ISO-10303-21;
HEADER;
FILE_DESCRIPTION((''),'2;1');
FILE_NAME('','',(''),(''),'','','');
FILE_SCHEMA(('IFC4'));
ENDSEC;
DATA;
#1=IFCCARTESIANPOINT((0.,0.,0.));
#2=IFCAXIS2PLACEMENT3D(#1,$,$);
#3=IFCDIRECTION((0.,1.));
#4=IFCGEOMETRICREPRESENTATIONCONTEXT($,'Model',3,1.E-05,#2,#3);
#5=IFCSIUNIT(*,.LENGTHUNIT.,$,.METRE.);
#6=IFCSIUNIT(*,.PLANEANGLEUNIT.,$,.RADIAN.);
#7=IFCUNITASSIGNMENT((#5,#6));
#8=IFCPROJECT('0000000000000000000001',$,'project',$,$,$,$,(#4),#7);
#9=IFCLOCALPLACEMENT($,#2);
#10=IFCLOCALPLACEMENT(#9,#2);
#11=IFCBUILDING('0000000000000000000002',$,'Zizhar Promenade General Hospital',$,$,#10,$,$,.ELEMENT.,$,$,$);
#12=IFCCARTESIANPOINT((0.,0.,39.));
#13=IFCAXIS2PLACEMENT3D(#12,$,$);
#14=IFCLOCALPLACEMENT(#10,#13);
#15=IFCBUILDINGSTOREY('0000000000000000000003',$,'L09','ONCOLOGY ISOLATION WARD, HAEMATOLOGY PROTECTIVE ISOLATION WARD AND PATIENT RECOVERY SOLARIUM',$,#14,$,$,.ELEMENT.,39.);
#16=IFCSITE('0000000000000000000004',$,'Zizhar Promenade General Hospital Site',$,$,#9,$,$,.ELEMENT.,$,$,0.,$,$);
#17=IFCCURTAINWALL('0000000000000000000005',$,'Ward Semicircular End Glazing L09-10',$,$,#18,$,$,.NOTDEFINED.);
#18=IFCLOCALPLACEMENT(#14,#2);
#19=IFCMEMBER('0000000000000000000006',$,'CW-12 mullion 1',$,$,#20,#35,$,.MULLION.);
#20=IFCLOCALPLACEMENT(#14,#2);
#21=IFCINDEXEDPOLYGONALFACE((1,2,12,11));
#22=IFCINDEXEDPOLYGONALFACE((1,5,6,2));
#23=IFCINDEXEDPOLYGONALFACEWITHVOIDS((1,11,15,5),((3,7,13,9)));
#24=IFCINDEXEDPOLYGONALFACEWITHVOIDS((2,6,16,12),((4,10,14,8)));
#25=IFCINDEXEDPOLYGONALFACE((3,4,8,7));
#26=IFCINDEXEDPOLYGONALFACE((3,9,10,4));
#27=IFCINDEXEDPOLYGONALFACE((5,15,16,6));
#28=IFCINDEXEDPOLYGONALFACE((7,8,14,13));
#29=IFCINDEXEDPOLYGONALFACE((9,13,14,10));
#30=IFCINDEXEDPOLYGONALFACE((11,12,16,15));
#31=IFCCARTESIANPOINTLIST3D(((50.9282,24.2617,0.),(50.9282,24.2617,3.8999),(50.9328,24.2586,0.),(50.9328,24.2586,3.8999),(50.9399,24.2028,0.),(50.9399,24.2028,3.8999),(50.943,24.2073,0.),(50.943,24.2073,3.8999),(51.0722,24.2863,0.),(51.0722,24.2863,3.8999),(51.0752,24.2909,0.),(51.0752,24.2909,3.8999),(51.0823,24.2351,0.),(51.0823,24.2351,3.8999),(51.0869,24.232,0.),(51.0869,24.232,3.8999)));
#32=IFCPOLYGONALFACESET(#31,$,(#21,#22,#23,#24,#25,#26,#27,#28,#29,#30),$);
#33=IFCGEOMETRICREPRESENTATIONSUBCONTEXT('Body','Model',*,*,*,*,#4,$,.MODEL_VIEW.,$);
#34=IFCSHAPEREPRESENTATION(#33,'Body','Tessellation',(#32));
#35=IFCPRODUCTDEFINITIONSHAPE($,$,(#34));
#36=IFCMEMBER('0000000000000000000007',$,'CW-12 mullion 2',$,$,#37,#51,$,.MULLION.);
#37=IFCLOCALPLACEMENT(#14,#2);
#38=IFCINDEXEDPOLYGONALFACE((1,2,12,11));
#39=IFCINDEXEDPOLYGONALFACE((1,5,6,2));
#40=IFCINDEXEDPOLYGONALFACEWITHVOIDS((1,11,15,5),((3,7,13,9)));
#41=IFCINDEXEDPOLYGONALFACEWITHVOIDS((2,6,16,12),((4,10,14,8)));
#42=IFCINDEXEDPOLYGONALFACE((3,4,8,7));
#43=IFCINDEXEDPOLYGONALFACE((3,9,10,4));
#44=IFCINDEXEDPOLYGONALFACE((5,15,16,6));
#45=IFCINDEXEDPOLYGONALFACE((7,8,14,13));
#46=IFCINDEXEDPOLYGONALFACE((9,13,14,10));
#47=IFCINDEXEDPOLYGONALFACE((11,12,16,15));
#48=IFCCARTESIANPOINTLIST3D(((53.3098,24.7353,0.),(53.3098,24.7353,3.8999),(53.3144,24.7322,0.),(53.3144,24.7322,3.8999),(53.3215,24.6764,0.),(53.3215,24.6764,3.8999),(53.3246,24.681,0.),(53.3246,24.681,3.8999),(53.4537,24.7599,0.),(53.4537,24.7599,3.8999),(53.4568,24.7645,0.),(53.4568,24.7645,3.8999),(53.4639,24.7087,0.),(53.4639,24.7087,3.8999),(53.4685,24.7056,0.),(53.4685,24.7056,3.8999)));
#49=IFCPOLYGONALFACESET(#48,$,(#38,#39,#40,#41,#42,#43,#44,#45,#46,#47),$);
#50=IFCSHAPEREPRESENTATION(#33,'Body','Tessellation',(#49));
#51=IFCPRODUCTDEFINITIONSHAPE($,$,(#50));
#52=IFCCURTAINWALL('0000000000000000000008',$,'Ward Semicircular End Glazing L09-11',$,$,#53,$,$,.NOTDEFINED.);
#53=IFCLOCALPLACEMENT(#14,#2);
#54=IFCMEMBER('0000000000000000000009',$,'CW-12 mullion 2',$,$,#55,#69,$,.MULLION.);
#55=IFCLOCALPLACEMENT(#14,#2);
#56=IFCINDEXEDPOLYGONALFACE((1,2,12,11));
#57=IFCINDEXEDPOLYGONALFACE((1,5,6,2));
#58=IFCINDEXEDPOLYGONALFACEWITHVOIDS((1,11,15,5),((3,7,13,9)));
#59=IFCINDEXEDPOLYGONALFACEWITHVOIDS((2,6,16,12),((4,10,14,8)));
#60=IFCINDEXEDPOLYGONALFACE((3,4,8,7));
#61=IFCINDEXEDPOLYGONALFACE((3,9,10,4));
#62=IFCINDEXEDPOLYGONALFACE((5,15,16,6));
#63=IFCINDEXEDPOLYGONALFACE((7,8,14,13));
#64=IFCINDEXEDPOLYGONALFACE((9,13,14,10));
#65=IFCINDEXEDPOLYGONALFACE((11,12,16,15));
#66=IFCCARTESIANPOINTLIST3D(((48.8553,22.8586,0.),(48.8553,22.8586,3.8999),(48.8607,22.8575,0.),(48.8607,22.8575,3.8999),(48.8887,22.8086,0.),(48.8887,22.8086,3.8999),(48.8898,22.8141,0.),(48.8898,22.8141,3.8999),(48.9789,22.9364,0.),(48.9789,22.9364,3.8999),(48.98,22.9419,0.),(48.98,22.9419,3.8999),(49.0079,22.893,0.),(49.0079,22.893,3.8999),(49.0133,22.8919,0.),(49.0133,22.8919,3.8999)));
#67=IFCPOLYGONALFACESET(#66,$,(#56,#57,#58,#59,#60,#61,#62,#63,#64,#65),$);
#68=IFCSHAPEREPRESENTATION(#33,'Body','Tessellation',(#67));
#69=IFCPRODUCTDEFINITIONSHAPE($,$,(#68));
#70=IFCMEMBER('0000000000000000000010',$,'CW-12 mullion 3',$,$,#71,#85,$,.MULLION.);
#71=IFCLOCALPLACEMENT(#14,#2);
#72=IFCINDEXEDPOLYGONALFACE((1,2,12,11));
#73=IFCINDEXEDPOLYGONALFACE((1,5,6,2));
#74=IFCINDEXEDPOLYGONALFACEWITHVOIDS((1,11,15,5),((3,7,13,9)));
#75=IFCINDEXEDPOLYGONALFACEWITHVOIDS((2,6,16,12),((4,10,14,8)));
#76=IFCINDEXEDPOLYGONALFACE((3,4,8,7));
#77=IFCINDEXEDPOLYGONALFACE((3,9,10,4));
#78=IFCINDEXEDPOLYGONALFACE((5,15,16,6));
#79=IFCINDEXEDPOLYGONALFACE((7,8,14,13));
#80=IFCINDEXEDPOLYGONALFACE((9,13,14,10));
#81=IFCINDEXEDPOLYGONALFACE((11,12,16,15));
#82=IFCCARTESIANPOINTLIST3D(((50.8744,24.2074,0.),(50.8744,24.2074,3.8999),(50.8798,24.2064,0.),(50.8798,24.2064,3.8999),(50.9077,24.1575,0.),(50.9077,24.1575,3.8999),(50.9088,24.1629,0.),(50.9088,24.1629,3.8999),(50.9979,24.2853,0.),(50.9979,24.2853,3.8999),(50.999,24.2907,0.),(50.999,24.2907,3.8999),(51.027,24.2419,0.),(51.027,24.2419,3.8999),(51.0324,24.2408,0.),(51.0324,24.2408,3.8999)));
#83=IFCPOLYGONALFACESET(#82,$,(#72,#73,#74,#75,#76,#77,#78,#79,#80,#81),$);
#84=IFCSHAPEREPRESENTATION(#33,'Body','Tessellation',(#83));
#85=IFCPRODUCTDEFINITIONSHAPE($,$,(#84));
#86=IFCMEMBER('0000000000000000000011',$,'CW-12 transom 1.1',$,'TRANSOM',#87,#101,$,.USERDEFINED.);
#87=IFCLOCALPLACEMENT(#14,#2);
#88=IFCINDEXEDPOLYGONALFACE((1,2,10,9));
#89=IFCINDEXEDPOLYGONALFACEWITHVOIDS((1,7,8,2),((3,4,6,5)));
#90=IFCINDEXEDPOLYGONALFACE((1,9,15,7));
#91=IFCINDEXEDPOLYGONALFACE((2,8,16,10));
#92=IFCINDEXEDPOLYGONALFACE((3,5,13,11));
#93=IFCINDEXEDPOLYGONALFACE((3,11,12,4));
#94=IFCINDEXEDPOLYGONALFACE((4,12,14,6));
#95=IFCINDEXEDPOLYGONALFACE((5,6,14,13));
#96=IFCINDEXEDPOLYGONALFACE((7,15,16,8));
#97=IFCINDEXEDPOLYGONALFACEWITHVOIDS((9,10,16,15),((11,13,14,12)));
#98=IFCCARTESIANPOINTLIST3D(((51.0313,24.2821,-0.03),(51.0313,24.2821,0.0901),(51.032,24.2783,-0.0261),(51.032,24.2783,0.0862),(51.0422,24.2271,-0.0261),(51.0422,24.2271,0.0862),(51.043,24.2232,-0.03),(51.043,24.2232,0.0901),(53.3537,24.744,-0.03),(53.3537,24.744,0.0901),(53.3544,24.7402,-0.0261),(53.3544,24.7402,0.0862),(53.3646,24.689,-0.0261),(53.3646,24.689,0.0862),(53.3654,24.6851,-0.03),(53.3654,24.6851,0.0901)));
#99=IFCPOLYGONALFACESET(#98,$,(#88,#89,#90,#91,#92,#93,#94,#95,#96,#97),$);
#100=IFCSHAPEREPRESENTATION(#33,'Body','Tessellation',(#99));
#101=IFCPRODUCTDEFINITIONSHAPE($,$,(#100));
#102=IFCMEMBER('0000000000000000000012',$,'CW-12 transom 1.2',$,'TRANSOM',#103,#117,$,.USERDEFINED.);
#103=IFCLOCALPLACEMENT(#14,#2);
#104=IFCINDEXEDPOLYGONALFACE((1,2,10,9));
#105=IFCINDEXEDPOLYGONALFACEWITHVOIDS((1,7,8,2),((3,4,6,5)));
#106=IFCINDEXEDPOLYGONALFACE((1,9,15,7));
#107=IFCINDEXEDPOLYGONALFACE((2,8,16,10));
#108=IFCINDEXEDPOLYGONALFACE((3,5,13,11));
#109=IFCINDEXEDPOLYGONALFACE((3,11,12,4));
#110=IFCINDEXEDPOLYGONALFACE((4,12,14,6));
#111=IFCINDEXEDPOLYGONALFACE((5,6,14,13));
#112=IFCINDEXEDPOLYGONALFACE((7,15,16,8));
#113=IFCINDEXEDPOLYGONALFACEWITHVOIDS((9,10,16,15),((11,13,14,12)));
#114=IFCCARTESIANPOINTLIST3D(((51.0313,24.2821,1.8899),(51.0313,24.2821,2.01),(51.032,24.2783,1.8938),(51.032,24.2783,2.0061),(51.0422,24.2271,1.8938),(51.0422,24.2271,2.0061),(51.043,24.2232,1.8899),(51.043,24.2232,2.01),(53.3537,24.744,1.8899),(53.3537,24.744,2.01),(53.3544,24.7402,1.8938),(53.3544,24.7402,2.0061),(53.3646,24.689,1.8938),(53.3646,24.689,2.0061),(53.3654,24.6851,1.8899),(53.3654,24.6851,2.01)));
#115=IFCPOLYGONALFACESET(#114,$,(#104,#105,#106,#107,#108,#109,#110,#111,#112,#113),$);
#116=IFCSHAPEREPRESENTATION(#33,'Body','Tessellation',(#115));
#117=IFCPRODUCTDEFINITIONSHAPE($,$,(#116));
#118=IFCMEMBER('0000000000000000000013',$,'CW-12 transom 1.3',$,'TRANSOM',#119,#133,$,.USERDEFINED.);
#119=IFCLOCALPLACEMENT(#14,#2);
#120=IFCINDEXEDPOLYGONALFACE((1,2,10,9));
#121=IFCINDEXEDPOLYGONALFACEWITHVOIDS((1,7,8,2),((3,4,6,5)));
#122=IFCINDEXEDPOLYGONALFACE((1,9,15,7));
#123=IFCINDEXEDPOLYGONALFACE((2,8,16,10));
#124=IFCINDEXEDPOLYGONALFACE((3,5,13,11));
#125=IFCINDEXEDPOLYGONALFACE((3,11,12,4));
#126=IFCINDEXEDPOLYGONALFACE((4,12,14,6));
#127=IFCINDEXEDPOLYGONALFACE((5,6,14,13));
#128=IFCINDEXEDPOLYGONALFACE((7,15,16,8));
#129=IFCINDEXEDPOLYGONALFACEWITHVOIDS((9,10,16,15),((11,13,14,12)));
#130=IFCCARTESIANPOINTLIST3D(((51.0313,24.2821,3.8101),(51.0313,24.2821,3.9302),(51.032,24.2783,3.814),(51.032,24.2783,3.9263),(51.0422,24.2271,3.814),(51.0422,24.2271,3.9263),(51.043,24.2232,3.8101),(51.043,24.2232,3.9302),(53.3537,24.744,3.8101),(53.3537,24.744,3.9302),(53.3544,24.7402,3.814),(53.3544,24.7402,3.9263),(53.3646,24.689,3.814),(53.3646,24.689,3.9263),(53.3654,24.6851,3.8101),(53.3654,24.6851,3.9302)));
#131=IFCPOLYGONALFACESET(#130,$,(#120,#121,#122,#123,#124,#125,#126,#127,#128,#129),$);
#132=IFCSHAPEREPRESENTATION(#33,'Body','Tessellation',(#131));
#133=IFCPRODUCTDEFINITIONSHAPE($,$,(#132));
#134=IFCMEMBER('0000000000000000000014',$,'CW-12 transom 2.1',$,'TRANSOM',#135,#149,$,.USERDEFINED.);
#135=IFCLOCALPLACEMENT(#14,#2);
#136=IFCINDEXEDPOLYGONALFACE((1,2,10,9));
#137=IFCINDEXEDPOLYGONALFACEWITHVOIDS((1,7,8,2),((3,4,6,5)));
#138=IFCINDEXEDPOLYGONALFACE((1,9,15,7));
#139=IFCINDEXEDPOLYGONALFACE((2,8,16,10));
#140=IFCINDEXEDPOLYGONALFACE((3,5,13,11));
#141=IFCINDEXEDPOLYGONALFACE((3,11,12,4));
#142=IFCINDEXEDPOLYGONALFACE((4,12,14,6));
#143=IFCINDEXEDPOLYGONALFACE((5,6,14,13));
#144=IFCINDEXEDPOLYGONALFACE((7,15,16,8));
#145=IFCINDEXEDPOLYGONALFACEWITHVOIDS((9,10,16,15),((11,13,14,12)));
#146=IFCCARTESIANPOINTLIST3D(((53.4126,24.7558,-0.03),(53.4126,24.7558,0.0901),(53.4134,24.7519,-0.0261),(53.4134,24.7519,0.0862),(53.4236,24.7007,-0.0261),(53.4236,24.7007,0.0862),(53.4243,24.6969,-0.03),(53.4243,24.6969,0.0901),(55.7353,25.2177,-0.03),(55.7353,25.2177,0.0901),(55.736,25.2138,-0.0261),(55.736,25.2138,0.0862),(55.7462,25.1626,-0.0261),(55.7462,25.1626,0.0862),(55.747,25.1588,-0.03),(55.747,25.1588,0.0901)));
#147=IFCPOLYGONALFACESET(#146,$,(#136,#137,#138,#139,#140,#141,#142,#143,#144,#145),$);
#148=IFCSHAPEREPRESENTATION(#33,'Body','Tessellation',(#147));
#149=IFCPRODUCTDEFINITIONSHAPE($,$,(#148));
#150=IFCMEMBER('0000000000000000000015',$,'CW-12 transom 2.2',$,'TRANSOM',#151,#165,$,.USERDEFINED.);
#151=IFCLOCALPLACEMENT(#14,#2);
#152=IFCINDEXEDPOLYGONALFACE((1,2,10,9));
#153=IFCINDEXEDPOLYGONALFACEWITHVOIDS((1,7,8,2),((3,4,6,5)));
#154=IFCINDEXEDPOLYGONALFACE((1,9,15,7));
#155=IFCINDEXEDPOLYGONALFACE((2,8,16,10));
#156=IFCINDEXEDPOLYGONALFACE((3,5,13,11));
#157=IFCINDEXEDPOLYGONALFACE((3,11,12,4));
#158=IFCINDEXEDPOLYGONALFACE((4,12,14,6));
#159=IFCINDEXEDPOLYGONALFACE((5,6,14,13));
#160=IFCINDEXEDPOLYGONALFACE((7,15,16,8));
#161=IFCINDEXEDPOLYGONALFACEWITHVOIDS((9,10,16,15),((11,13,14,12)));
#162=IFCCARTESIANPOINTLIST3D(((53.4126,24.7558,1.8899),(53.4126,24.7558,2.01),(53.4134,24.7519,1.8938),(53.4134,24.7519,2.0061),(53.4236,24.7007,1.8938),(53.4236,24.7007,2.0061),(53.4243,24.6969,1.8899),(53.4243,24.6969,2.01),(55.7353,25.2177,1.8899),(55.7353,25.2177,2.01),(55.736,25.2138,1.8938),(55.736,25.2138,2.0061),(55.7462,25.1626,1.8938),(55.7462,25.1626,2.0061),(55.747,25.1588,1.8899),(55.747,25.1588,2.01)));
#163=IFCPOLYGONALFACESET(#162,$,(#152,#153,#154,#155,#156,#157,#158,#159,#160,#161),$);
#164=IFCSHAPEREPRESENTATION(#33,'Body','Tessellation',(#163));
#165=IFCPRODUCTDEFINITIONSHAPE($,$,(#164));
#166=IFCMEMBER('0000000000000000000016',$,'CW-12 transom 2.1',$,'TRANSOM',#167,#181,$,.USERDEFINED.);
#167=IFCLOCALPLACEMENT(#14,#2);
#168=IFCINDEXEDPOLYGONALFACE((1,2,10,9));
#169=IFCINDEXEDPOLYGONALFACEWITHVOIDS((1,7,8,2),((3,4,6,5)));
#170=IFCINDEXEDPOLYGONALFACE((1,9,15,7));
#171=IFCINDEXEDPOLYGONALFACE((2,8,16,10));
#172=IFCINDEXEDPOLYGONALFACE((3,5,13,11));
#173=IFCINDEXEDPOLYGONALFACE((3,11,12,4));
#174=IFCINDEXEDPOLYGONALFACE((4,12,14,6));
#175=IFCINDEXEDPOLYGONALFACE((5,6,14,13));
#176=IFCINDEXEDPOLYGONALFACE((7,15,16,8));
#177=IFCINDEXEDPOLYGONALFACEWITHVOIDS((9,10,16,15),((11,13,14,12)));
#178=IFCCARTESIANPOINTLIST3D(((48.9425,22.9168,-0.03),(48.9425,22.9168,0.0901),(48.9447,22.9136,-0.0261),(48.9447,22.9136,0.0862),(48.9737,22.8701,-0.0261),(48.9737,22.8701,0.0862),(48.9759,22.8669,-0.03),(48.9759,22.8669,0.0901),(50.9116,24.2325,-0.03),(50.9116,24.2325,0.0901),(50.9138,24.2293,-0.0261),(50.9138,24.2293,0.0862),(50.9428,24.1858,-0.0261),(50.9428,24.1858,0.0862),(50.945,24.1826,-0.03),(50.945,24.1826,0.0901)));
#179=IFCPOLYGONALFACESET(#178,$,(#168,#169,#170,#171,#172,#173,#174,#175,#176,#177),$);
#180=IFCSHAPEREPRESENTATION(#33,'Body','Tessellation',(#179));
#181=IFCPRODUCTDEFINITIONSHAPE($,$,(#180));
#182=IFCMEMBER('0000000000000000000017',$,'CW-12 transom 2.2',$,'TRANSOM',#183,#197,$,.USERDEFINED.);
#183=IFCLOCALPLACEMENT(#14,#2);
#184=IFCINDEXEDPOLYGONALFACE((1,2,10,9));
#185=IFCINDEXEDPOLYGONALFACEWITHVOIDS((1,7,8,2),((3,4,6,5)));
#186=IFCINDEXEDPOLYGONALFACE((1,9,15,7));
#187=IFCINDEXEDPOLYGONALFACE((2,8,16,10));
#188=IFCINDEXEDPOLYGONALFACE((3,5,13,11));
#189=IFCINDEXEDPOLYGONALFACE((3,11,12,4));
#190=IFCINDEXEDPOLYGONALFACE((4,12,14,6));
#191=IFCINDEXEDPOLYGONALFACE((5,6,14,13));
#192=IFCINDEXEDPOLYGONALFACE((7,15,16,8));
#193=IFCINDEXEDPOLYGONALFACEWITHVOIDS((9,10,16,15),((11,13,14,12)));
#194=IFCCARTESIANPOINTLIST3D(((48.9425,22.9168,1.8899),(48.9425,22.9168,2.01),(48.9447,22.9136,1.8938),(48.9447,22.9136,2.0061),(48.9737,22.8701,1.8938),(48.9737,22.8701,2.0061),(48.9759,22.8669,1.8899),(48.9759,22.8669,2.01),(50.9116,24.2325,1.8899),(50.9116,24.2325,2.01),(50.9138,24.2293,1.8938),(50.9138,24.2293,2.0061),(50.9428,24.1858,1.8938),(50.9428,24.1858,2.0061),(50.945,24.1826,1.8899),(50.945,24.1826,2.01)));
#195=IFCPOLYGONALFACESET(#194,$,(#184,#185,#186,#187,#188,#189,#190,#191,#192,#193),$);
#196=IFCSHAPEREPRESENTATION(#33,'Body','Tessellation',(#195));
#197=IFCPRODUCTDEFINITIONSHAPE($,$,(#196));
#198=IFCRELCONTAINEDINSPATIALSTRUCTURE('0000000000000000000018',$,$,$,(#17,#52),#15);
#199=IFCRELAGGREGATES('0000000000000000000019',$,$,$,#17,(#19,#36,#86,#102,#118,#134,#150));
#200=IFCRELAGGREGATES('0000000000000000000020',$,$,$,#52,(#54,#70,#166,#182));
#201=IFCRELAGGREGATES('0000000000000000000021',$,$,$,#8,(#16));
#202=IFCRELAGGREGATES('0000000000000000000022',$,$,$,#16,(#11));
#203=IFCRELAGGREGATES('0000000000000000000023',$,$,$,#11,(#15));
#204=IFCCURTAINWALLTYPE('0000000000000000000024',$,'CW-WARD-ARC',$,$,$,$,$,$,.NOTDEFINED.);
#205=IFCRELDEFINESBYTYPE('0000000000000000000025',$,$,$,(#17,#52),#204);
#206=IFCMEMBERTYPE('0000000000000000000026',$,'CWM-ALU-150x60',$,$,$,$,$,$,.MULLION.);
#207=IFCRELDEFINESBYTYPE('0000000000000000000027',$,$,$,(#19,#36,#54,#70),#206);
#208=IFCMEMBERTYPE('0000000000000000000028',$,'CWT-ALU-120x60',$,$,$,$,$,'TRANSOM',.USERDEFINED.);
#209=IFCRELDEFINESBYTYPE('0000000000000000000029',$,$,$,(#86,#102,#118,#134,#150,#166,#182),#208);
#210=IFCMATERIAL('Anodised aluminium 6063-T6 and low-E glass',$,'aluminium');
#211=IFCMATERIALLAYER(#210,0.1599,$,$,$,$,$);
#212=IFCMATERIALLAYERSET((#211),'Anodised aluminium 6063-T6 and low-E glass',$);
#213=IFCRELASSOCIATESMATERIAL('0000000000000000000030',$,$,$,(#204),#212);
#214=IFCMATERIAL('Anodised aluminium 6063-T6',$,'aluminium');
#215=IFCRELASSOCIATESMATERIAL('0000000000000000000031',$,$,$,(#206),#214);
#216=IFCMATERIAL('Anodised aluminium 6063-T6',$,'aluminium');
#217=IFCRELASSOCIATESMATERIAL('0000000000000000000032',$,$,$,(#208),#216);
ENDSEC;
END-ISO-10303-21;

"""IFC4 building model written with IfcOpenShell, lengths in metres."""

from ifc_helpers import new_model, si_unit, direction, frame, origin, origin_2d, place, context, subcontext, project, spatial, hollow_rectangle, extrude, material, layer, layer_set, material_profile, profile_set, type_object, element, aggregate, save


model = new_model("IFC4")

# Units and contexts
model_context = context("Model", 3, precision=1e-05, world=origin(), true_north=direction((0.0, 1.0)))
body_context = subcontext(model_context, "Body", "Model", "MODEL_VIEW")
ifc_project = project(units=[si_unit("LENGTHUNIT", "METRE"), si_unit("PLANEANGLEUNIT", "RADIAN")], contexts=[model_context])

# Site, building, storey
site_placement = place(None, origin())
site = spatial("IfcSite", under=ifc_project, at=site_placement, Name="Zizhar Promenade General Hospital Site", CompositionType="ELEMENT", RefElevation=0.0)
building_placement = place(site_placement, origin())
building = spatial("IfcBuilding", under=site, at=building_placement, Name="Zizhar Promenade General Hospital", CompositionType="ELEMENT")
storey_placement = place(building_placement, frame((0.0, 0.0, 39.0)))
storey = spatial("IfcBuildingStorey", under=building, at=storey_placement, Name="L09", Description="ONCOLOGY ISOLATION WARD, HAEMATOLOGY PROTECTIVE ISOLATION WARD AND PATIENT RECOVERY SOLARIUM", CompositionType="ELEMENT", Elevation=39.0)

# Curtain walls, members
ifc_material_1 = material(Name="Anodised aluminium 6063-T6 and low-E glass", Category="aluminium")
ifc_layer_1 = layer(ifc_material_1, 0.1599)
ifc_layer_set_1 = layer_set([ifc_layer_1], Name="Anodised aluminium 6063-T6 and low-E glass")
curtain_wall_type = type_object("IfcCurtainWallType", Name="CW-WARD-ARC", PredefinedType="NOTDEFINED", material=ifc_layer_set_1)
curtain_wall_1_placement = place(storey_placement, origin())
curtain_wall_1 = element("IfcCurtainWall", 1, at=curtain_wall_1_placement, inside=storey, type_object=curtain_wall_type, Name="Ward Semicircular End Glazing L09-10", PredefinedType="NOTDEFINED")
ifc_material_2 = material(Name="Anodised aluminium 6063-T6", Category="aluminium")
ifc_material_profile_1 = material_profile(ifc_material_2, hollow_rectangle(XDim=0.0601, YDim=0.1499, WallThickness=0.0039, at=origin_2d()))
ifc_profile_set_1 = profile_set([ifc_material_profile_1], Name="Anodised aluminium 6063-T6")
member_type_1 = type_object("IfcMemberType", Name="CWM-ALU-150x60", PredefinedType="MULLION", material=ifc_profile_set_1)
member_1_placement = place(storey_placement, frame((51.0076, 24.2468, 0.0), z_axis=(0.0, 0.0, 1.0), x_axis=(-0.195087, 0.980786, 0.0)))
member_1 = element("IfcMember", 2, at=member_1_placement, type_object=member_type_1, Name="CW-12 mullion 1", PredefinedType="MULLION", context=body_context, shape_type="SweptSolid", body=[
    extrude(hollow_rectangle(XDim=0.0601, YDim=0.1499, WallThickness=0.0039, at=origin_2d()), origin(), (0.0, 0.0, 1.0), 3.8999),
])
member_2_placement = place(storey_placement, frame((53.3892, 24.7205, 0.0), z_axis=(0.0, 0.0, 1.0), x_axis=(-0.195087, 0.980786, 0.0)))
member_2 = element("IfcMember", 3, at=member_2_placement, type_object=member_type_1, Name="CW-12 mullion 2", PredefinedType="MULLION", context=body_context, shape_type="SweptSolid", body=[
    extrude(hollow_rectangle(XDim=0.0601, YDim=0.1499, WallThickness=0.0039, at=origin_2d()), origin(), (0.0, 0.0, 1.0), 3.8999),
])
curtain_wall_2_placement = place(storey_placement, origin())
curtain_wall_2 = element("IfcCurtainWall", 4, at=curtain_wall_2_placement, inside=storey, type_object=curtain_wall_type, Name="Ward Semicircular End Glazing L09-11", PredefinedType="NOTDEFINED")
member_3_placement = place(storey_placement, frame((48.9343, 22.8752, 0.0), z_axis=(0.0, 0.0, 1.0), x_axis=(-0.555582, 0.831462, 0.0)))
member_3 = element("IfcMember", 5, at=member_3_placement, type_object=member_type_1, Name="CW-12 mullion 2", PredefinedType="MULLION", context=body_context, shape_type="SweptSolid", body=[
    extrude(hollow_rectangle(XDim=0.0601, YDim=0.1499, WallThickness=0.0039, at=origin_2d()), origin(), (0.0, 0.0, 1.0), 3.8999),
])
member_4_placement = place(storey_placement, frame((50.9534, 24.2241, 0.0), z_axis=(0.0, 0.0, 1.0), x_axis=(-0.555582, 0.831462, 0.0)))
member_4 = element("IfcMember", 6, at=member_4_placement, type_object=member_type_1, Name="CW-12 mullion 3", PredefinedType="MULLION", context=body_context, shape_type="SweptSolid", body=[
    extrude(hollow_rectangle(XDim=0.0601, YDim=0.1499, WallThickness=0.0039, at=origin_2d()), origin(), (0.0, 0.0, 1.0), 3.8999),
])

# Members
ifc_material_3 = material(Name="Anodised aluminium 6063-T6", Category="aluminium")
ifc_material_profile_2 = material_profile(ifc_material_3, hollow_rectangle(XDim=0.0601, YDim=0.1201, WallThickness=0.0039, at=origin_2d()))
ifc_profile_set_2 = profile_set([ifc_material_profile_2], Name="Anodised aluminium 6063-T6")
member_type_2 = type_object("IfcMemberType", Name="CWT-ALU-120x60", ElementType="TRANSOM", PredefinedType="USERDEFINED", material=ifc_profile_set_2)
member_5_placement = place(storey_placement, frame((51.0371, 24.2527, 0.03), z_axis=(0.98079, 0.195065, 0.0), x_axis=(-0.195065, 0.98079, 0.0)))
member_5 = element("IfcMember", 7, at=member_5_placement, type_object=member_type_2, Name="CW-12 transom 1.1", ObjectType="TRANSOM", PredefinedType="USERDEFINED", context=body_context, shape_type="SweptSolid", body=[
    extrude(hollow_rectangle(XDim=0.0601, YDim=0.1201, WallThickness=0.0039, at=origin_2d()), origin(), (0.0, 0.0, 1.0), 2.3679),
])
member_6_placement = place(storey_placement, frame((51.0371, 24.2527, 1.95), z_axis=(0.98079, 0.195065, 0.0), x_axis=(-0.195065, 0.98079, 0.0)))
member_6 = element("IfcMember", 8, at=member_6_placement, type_object=member_type_2, Name="CW-12 transom 1.2", ObjectType="TRANSOM", PredefinedType="USERDEFINED", context=body_context, shape_type="SweptSolid", body=[
    extrude(hollow_rectangle(XDim=0.0601, YDim=0.1201, WallThickness=0.0039, at=origin_2d()), origin(), (0.0, 0.0, 1.0), 2.3679),
])
member_7_placement = place(storey_placement, frame((51.0371, 24.2527, 3.8701), z_axis=(0.98079, 0.195065, 0.0), x_axis=(-0.195065, 0.98079, 0.0)))
member_7 = element("IfcMember", 9, at=member_7_placement, type_object=member_type_2, Name="CW-12 transom 1.3", ObjectType="TRANSOM", PredefinedType="USERDEFINED", context=body_context, shape_type="SweptSolid", body=[
    extrude(hollow_rectangle(XDim=0.0601, YDim=0.1201, WallThickness=0.0039, at=origin_2d()), origin(), (0.0, 0.0, 1.0), 2.3679),
])
member_8_placement = place(storey_placement, frame((53.4185, 24.7263, 0.03), z_axis=(0.980794, 0.195045, 0.0), x_axis=(-0.195045, 0.980794, 0.0)))
member_8 = element("IfcMember", 10, at=member_8_placement, type_object=member_type_2, Name="CW-12 transom 2.1", ObjectType="TRANSOM", PredefinedType="USERDEFINED", context=body_context, shape_type="SweptSolid", body=[
    extrude(hollow_rectangle(XDim=0.0601, YDim=0.1201, WallThickness=0.0039, at=origin_2d()), origin(), (0.0, 0.0, 1.0), 2.3682),
])
member_9_placement = place(storey_placement, frame((53.4185, 24.7263, 1.95), z_axis=(0.980794, 0.195045, 0.0), x_axis=(-0.195045, 0.980794, 0.0)))
member_9 = element("IfcMember", 11, at=member_9_placement, type_object=member_type_2, Name="CW-12 transom 2.2", ObjectType="TRANSOM", PredefinedType="USERDEFINED", context=body_context, shape_type="SweptSolid", body=[
    extrude(hollow_rectangle(XDim=0.0601, YDim=0.1201, WallThickness=0.0039, at=origin_2d()), origin(), (0.0, 0.0, 1.0), 2.3682),
])
member_10_placement = place(storey_placement, frame((48.9592, 22.8918, 0.03), z_axis=(0.831463, 0.55558, 0.0), x_axis=(-0.55558, 0.831463, 0.0)))
member_10 = element("IfcMember", 12, at=member_10_placement, type_object=member_type_2, Name="CW-12 transom 2.1", ObjectType="TRANSOM", PredefinedType="USERDEFINED", context=body_context, shape_type="SweptSolid", body=[
    extrude(hollow_rectangle(XDim=0.0601, YDim=0.1201, WallThickness=0.0039, at=origin_2d()), origin(), (0.0, 0.0, 1.0), 2.3682),
])
member_11_placement = place(storey_placement, frame((48.9592, 22.8918, 1.95), z_axis=(0.831463, 0.55558, 0.0), x_axis=(-0.55558, 0.831463, 0.0)))
member_11 = element("IfcMember", 13, at=member_11_placement, type_object=member_type_2, Name="CW-12 transom 2.2", ObjectType="TRANSOM", PredefinedType="USERDEFINED", context=body_context, shape_type="SweptSolid", body=[
    extrude(hollow_rectangle(XDim=0.0601, YDim=0.1201, WallThickness=0.0039, at=origin_2d()), origin(), (0.0, 0.0, 1.0), 2.3682),
])

aggregate(curtain_wall_1, [member_1, member_2, member_5, member_6, member_7, member_8, member_9])
aggregate(curtain_wall_2, [member_3, member_4, member_10, member_11])

save(model, "model.ifc")
